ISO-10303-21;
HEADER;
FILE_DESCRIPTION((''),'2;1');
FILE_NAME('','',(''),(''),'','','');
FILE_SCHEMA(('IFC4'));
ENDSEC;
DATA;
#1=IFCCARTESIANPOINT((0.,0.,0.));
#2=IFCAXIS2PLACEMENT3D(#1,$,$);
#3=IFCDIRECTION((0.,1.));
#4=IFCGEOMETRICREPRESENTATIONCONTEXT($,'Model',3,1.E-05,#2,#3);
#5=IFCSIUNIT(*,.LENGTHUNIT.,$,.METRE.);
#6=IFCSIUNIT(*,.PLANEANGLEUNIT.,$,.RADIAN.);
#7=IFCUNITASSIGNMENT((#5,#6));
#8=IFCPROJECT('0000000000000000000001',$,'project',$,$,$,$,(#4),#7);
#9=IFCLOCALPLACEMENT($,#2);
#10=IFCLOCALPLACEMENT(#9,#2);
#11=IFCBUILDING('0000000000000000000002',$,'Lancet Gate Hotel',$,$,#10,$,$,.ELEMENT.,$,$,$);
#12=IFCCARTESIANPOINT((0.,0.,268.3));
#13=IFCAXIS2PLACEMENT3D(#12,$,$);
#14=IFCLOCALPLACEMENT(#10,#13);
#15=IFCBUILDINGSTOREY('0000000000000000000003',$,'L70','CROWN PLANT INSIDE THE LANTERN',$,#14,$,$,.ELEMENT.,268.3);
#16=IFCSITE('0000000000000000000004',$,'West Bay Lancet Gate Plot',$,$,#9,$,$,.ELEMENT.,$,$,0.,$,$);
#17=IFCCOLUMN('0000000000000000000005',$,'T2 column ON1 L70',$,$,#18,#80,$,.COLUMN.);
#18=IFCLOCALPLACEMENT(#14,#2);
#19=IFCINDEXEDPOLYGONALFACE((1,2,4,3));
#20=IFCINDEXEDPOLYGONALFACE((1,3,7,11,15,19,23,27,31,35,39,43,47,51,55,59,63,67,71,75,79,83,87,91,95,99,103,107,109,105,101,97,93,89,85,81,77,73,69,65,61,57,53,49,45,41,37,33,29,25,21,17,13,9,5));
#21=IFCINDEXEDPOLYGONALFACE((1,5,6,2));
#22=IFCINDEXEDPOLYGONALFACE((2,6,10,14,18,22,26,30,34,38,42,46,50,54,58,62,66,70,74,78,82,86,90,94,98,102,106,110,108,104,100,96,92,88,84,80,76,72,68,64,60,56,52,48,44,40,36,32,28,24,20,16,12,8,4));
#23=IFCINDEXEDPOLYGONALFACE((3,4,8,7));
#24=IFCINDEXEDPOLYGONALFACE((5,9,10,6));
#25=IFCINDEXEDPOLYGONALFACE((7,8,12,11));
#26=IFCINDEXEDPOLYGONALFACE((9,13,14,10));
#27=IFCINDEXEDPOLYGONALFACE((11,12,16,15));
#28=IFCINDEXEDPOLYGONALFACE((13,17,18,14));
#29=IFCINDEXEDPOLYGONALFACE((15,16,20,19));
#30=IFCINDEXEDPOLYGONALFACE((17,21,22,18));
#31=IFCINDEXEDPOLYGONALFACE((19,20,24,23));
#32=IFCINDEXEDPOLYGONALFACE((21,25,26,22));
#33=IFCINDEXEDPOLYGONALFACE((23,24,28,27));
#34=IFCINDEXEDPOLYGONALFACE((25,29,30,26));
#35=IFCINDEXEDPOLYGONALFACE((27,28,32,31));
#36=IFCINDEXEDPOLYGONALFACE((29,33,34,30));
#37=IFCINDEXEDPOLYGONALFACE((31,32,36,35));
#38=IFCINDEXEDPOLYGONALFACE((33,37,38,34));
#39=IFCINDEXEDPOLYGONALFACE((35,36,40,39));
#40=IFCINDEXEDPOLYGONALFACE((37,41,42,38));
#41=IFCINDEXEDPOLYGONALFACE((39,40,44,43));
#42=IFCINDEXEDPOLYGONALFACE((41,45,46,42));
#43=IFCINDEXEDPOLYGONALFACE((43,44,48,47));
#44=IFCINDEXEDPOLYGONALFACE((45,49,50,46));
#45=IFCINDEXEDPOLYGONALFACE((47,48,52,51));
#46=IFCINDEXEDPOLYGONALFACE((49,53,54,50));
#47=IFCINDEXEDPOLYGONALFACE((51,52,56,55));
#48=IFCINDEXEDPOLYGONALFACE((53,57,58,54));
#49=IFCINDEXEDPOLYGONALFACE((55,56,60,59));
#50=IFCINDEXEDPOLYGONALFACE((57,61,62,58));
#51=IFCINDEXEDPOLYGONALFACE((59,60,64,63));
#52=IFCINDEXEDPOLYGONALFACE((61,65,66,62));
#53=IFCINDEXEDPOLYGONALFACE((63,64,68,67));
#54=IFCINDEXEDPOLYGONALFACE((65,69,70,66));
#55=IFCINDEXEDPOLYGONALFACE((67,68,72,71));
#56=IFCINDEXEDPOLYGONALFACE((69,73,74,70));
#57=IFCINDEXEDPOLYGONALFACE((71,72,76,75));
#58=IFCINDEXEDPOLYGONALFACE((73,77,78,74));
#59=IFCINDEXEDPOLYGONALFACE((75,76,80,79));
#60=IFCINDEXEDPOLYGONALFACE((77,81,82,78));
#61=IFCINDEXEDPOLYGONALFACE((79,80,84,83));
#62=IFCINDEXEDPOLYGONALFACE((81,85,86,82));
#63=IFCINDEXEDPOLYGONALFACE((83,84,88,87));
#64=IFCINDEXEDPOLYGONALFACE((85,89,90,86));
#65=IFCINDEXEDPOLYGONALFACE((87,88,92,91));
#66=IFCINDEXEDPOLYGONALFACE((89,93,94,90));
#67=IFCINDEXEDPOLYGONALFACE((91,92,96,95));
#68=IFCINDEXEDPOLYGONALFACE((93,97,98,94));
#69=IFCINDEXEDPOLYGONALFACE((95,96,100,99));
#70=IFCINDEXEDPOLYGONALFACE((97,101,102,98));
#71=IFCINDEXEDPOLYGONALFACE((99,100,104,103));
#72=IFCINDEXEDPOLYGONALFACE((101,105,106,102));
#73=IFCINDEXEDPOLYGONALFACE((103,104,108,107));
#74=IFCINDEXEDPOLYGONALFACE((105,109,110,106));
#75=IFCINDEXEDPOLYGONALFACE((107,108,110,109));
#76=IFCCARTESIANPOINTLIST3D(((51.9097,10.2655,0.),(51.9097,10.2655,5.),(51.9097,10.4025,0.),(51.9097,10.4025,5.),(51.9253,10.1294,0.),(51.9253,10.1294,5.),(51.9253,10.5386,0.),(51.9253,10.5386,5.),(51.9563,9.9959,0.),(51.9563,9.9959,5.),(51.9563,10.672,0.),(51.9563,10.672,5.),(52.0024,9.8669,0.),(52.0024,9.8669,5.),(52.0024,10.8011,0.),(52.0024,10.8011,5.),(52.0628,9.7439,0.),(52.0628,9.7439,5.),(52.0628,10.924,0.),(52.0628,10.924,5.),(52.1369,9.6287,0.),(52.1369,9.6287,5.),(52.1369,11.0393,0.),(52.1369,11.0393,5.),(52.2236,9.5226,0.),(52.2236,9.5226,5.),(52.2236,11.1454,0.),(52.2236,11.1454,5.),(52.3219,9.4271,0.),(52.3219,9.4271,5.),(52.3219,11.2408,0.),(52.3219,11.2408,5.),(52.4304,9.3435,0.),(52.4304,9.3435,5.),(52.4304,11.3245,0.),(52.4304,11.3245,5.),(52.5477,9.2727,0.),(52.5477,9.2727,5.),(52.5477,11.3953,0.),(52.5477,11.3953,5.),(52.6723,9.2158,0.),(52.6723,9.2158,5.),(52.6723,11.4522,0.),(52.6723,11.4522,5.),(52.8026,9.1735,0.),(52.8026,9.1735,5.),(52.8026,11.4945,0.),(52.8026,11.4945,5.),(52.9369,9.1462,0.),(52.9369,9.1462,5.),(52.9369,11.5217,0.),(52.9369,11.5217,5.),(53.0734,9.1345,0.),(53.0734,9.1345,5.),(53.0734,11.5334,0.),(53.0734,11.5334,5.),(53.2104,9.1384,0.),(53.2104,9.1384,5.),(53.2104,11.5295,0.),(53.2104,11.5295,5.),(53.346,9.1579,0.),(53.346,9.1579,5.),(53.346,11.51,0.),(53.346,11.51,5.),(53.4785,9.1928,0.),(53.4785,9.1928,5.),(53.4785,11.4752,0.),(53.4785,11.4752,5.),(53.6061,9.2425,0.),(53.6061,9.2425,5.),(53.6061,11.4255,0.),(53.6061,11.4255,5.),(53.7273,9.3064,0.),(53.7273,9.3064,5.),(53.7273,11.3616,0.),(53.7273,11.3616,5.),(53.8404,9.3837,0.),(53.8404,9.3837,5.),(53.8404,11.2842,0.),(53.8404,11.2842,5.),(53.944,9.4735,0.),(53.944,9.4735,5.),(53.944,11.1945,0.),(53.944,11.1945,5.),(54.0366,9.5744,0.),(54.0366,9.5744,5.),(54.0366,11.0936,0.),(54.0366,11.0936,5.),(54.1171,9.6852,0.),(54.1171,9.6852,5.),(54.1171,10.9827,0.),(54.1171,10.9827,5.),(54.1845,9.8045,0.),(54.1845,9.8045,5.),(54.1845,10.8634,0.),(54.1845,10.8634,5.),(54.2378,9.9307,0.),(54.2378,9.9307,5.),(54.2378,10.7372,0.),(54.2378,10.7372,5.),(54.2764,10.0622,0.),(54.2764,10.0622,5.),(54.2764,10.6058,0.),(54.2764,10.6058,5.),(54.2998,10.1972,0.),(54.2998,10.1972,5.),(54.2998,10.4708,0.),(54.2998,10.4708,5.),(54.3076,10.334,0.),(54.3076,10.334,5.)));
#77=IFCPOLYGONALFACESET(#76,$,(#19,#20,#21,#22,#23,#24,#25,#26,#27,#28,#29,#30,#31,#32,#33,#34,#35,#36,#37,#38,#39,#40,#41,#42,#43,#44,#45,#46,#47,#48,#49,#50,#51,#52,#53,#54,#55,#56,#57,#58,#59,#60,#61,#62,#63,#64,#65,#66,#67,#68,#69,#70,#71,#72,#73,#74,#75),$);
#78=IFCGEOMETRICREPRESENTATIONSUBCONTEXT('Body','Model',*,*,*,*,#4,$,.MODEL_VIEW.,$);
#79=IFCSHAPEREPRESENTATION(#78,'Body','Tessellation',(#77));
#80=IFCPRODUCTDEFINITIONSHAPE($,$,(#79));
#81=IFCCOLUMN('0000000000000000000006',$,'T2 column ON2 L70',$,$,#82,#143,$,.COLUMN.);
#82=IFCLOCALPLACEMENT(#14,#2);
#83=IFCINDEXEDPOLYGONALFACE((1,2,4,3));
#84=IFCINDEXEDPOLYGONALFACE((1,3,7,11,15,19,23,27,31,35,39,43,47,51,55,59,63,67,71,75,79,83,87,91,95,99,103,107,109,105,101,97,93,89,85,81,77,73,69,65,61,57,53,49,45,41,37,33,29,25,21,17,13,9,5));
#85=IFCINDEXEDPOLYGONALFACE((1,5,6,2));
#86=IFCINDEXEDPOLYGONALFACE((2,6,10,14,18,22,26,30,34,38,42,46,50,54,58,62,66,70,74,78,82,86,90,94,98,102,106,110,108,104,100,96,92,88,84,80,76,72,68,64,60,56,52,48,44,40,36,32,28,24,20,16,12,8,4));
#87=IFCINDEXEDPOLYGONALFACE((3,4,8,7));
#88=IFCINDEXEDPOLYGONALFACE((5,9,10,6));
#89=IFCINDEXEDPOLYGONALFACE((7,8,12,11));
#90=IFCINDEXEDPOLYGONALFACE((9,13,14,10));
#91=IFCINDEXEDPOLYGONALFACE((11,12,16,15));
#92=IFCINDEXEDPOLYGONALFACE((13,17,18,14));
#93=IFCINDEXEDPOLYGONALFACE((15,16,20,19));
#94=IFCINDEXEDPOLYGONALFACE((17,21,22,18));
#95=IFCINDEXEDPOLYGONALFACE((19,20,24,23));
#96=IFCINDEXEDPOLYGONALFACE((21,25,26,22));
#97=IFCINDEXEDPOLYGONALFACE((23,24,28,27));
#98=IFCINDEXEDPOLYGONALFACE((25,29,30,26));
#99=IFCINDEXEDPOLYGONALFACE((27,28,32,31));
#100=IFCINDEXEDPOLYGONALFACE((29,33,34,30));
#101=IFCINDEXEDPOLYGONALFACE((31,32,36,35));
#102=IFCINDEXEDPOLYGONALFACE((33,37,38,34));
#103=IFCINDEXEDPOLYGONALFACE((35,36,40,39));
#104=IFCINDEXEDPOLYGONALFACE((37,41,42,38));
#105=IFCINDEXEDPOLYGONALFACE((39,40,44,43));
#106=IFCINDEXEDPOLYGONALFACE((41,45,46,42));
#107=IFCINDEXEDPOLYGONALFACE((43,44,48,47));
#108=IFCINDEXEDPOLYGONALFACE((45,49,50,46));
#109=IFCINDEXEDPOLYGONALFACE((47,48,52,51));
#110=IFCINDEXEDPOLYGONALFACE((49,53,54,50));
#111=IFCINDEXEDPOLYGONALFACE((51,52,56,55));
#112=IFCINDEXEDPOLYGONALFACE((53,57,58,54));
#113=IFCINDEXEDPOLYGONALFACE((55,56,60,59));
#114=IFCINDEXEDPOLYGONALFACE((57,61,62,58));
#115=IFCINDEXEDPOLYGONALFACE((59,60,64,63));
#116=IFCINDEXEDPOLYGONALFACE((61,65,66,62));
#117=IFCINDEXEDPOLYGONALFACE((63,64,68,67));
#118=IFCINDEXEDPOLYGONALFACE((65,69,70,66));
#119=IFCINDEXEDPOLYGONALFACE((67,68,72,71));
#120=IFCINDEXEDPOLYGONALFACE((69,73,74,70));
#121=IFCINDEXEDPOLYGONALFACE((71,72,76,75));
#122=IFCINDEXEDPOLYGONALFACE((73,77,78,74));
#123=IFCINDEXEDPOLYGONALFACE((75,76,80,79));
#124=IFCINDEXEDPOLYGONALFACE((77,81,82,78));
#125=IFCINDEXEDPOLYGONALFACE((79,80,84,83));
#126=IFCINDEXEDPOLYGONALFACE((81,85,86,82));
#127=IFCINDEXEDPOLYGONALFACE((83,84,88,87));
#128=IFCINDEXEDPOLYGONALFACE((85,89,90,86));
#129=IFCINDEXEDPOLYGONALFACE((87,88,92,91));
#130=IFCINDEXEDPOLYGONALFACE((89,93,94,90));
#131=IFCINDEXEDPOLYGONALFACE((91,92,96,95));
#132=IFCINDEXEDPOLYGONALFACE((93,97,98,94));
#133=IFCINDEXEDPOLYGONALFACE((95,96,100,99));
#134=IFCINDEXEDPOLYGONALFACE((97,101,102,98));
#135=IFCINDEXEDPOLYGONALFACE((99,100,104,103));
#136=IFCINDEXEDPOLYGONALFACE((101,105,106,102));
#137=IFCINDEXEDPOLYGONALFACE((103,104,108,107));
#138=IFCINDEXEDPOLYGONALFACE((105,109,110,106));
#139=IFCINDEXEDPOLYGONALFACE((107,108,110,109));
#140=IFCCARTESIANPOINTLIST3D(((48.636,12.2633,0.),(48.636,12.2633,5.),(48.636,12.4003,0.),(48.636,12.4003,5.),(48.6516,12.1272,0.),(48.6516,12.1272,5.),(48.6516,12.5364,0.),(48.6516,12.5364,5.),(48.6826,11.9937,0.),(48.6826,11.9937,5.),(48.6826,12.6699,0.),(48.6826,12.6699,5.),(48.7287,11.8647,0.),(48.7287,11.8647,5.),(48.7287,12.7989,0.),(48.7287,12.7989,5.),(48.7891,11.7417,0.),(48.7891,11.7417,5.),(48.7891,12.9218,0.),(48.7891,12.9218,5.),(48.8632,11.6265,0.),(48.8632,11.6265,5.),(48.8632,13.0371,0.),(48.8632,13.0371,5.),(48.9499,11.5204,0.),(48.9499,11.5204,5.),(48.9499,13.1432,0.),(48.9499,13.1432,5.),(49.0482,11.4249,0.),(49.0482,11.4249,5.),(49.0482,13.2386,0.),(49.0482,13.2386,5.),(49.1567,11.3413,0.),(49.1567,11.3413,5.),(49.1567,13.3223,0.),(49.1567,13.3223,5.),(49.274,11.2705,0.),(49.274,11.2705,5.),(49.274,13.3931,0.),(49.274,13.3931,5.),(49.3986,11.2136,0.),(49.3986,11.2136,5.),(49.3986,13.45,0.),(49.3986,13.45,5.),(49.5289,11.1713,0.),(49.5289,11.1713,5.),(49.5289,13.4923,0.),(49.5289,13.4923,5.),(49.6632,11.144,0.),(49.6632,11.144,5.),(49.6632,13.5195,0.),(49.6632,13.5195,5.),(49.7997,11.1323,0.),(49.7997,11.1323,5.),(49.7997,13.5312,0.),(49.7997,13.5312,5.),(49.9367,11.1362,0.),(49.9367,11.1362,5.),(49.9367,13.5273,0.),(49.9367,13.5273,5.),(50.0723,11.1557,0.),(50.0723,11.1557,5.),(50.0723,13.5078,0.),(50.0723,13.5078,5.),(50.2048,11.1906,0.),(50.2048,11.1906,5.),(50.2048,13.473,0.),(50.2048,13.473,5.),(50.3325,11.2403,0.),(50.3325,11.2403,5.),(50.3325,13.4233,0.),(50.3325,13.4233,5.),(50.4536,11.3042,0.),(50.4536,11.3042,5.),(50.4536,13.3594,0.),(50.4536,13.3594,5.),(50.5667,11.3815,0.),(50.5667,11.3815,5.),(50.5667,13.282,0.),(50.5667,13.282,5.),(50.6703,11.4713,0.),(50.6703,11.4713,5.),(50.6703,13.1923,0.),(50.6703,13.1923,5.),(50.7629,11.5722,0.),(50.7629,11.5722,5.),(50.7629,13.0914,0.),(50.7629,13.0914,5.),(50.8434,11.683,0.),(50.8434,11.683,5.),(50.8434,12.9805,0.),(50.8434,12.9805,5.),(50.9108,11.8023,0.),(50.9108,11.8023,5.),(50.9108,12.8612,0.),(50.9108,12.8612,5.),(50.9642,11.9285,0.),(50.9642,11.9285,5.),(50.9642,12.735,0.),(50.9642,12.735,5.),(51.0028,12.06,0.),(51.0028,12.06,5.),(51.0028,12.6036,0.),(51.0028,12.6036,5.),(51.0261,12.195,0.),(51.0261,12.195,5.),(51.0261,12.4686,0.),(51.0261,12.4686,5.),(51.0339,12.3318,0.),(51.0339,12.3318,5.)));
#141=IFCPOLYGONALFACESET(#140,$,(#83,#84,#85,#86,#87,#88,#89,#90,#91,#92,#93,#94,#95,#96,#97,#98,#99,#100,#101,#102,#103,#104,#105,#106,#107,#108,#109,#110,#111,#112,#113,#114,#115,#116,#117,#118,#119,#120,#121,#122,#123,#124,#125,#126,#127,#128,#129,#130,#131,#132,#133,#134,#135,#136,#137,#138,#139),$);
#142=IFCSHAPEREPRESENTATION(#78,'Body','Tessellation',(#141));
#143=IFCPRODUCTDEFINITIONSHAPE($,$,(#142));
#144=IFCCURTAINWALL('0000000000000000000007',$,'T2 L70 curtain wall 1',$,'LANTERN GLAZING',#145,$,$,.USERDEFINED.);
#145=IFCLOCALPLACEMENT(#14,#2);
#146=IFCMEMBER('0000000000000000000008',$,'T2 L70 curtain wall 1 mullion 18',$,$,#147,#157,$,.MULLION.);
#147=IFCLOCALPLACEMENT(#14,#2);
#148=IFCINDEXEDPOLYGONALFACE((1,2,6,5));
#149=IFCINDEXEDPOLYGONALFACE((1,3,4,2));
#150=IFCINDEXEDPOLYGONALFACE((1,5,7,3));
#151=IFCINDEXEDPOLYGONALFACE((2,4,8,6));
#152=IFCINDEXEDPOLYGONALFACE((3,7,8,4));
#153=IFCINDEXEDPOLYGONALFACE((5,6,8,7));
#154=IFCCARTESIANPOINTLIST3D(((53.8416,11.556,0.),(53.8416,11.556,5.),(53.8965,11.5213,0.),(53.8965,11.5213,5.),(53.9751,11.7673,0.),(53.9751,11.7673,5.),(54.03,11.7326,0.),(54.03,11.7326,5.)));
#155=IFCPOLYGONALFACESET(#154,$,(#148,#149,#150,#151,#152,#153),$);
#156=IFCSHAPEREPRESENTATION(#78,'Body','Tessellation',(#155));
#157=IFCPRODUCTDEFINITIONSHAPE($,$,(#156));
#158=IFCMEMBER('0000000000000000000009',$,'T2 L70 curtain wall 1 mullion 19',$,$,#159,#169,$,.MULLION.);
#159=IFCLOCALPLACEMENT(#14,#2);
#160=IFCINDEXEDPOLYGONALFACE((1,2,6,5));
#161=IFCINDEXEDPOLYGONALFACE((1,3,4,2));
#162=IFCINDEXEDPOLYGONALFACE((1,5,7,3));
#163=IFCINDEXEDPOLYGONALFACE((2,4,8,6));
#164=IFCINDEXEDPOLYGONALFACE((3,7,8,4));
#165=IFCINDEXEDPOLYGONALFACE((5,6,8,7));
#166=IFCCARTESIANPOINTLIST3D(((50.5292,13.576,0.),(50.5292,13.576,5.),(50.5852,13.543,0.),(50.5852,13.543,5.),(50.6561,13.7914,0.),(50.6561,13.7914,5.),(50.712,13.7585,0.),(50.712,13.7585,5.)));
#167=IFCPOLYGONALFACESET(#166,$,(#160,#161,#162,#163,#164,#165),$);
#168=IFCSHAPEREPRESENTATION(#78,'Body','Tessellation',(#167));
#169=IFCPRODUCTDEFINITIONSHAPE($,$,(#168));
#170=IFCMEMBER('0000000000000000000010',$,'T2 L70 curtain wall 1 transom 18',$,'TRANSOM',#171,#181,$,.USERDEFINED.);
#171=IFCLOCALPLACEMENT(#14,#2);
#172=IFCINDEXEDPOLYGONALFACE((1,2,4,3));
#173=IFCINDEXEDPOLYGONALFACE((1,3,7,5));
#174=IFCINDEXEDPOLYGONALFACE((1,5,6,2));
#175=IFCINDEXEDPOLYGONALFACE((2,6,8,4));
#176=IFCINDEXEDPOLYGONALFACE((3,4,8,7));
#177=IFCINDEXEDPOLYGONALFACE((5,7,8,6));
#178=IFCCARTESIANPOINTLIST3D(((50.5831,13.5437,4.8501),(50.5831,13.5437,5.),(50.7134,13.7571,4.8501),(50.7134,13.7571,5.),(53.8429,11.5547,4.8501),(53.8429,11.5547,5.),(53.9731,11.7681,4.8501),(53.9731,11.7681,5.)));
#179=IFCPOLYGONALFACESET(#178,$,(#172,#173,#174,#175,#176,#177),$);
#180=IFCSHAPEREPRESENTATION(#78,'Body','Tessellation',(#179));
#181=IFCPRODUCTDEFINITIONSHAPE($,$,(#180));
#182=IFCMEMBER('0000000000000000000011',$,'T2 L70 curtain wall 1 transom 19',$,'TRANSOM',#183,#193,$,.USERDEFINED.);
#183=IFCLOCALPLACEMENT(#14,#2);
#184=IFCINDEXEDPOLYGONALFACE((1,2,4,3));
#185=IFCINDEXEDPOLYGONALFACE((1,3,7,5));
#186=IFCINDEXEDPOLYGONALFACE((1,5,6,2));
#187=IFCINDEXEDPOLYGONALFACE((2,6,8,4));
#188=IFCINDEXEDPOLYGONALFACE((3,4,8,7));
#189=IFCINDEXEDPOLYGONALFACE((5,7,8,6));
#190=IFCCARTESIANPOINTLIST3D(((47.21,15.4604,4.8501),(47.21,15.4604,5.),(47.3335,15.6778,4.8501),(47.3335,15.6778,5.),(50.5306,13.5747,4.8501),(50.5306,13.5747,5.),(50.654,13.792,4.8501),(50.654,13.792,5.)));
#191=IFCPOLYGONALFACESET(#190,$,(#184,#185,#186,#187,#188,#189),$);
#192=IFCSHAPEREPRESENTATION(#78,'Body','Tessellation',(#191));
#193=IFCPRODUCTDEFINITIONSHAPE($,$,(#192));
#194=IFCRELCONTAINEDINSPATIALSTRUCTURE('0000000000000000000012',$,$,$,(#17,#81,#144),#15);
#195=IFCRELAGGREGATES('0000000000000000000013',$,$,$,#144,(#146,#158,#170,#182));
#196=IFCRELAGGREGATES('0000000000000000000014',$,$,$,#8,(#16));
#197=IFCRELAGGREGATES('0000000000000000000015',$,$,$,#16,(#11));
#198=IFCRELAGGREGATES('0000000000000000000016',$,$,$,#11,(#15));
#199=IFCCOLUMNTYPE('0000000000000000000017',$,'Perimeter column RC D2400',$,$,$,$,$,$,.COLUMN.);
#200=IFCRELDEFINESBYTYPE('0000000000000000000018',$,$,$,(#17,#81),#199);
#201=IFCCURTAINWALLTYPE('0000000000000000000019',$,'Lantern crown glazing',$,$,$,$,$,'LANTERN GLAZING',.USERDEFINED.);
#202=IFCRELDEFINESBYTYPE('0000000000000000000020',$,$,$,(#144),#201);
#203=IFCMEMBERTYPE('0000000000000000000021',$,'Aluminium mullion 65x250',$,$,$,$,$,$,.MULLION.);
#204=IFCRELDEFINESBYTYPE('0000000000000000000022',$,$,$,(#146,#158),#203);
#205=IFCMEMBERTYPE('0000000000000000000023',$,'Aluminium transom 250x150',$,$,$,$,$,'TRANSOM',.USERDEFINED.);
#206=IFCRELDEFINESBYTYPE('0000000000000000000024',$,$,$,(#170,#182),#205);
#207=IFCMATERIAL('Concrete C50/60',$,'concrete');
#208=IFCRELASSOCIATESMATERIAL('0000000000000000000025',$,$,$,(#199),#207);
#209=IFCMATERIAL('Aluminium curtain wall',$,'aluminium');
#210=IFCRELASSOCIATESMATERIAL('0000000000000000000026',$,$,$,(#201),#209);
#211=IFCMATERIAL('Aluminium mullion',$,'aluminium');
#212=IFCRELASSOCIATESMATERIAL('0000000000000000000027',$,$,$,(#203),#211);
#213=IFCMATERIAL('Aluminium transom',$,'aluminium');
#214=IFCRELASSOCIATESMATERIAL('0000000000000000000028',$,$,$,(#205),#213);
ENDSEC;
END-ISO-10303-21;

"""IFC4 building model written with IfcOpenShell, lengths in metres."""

from ifc_helpers import new_model, si_unit, direction, frame, origin, origin_2d, place, context, subcontext, project, spatial, rectangle, circle, extrude, material, material_profile, profile_set, type_object, element, aggregate, save


model = new_model("IFC4")

# Units and contexts
model_context = context("Model", 3, precision=1e-05, world=origin(), true_north=direction((0.0, 1.0)))
body_context = subcontext(model_context, "Body", "Model", "MODEL_VIEW")
ifc_project = project(units=[si_unit("LENGTHUNIT", "METRE"), si_unit("PLANEANGLEUNIT", "RADIAN")], contexts=[model_context])

# Site, building, storey
site_placement = place(None, origin())
site = spatial("IfcSite", under=ifc_project, at=site_placement, Name="West Bay Lancet Gate Plot", CompositionType="ELEMENT", RefElevation=0.0)
building_placement = place(site_placement, origin())
building = spatial("IfcBuilding", under=site, at=building_placement, Name="Lancet Gate Hotel", CompositionType="ELEMENT")
storey_placement = place(building_placement, frame((0.0, 0.0, 268.3)))
storey = spatial("IfcBuildingStorey", under=building, at=storey_placement, Name="L70", Description="CROWN PLANT INSIDE THE LANTERN", CompositionType="ELEMENT", Elevation=268.3)

# Columns
ifc_material_1 = material(Name="Concrete C50/60", Category="concrete")
ifc_material_profile_1 = material_profile(ifc_material_1, circle(Radius=1.2, at=origin_2d()), Name="RC D2400")
ifc_profile_set_1 = profile_set([ifc_material_profile_1], Name="Concrete C50/60")
column_type = type_object("IfcColumnType", Name="Perimeter column RC D2400", PredefinedType="COLUMN", material=ifc_profile_set_1)
for number, where, z_axis, x_axis, name in (
    (1, (53.1077, 10.334, 0.0), (0.0, 0.0, 1.0), (1.0, 0.0, 0.0), "T2 column ON1 L70"),
    (2, (49.834, 12.3318, 0.0), (0.0, 0.0, 1.0), (1.0, 0.0, 0.0), "T2 column ON2 L70"),
):
    element("IfcColumn", number, at=place(storey_placement, frame(where, z_axis=z_axis, x_axis=x_axis)), inside=storey, type_object=column_type, Name=name, PredefinedType="COLUMN", context=body_context, shape_type="SweptSolid", body=[
        extrude(circle(Radius=1.2, at=origin_2d()), origin(), (0.0, 0.0, 1.0), 5.0),
    ])

# Curtain wall, members
ifc_material_2 = material(Name="Aluminium curtain wall", Category="aluminium")
curtain_wall_type_1 = type_object("IfcCurtainWallType", Name="Lantern crown glazing", ElementType="LANTERN GLAZING", PredefinedType="USERDEFINED", material=ifc_material_2)
curtain_wall_1_placement = place(storey_placement, origin())
curtain_wall_1 = element("IfcCurtainWall", 3, at=curtain_wall_1_placement, inside=storey, type_object=curtain_wall_type_1, Name="T2 L70 curtain wall 1", ObjectType="LANTERN GLAZING", PredefinedType="USERDEFINED")
ifc_material_3 = material(Name="Aluminium mullion", Category="aluminium")
ifc_material_profile_2 = material_profile(ifc_material_3, rectangle(XDim=0.0649, YDim=0.25, at=origin_2d()), Name="MULLION 65x250")
ifc_profile_set_2 = profile_set([ifc_material_profile_2], Name="Aluminium mullion")
member_type_1 = type_object("IfcMemberType", Name="Aluminium mullion 65x250", PredefinedType="MULLION", material=ifc_profile_set_2)
member_1_placement = place(storey_placement, frame((53.9358, 11.6443, 0.0), z_axis=(0.0, 0.0, 1.0), x_axis=(-0.84534, 0.534229, 0.0)))
member_1 = element("IfcMember", 4, at=member_1_placement, type_object=member_type_1, Name="T2 L70 curtain wall 1 mullion 18", PredefinedType="MULLION", context=body_context, shape_type="SweptSolid", body=[
    extrude(rectangle(XDim=0.0649, YDim=0.25, at=origin_2d()), origin(), (0.0, 0.0, 1.0), 5.0),
])
member_2_placement = place(storey_placement, frame((50.6206, 13.6672, 0.0), z_axis=(0.0, 0.0, 1.0), x_axis=(-0.861692, 0.507432, 0.0)))
member_2 = element("IfcMember", 5, at=member_2_placement, type_object=member_type_1, Name="T2 L70 curtain wall 1 mullion 19", PredefinedType="MULLION", context=body_context, shape_type="SweptSolid", body=[
    extrude(rectangle(XDim=0.0649, YDim=0.25, at=origin_2d()), origin(), (0.0, 0.0, 1.0), 5.0),
])
ifc_material_4 = material(Name="Aluminium transom", Category="aluminium")
ifc_material_profile_3 = material_profile(ifc_material_4, rectangle(XDim=0.25, YDim=0.1499, at=origin_2d()), Name="TRANSOM 250x150")
ifc_profile_set_3 = profile_set([ifc_material_profile_3], Name="Aluminium transom")
member_type_2 = type_object("IfcMemberType", Name="Aluminium transom 250x150", ElementType="TRANSOM", PredefinedType="USERDEFINED", material=ifc_profile_set_3)
member_3_placement = place(storey_placement, frame((53.908, 11.6614, 4.925), z_axis=(-0.853639, 0.520865, 0.0), x_axis=(-0.520865, -0.853639, 0.0)))
member_3 = element("IfcMember", 6, at=member_3_placement, type_object=member_type_2, Name="T2 L70 curtain wall 1 transom 18", ObjectType="TRANSOM", PredefinedType="USERDEFINED", context=body_context, shape_type="SweptSolid", body=[
    extrude(rectangle(XDim=0.25, YDim=0.1499, at=origin_2d()), origin(), (0.0, 0.0, 1.0), 3.8186),
])
member_4_placement = place(storey_placement, frame((50.5923, 13.6833, 4.925), z_axis=(-0.869562, 0.493824, 0.0), x_axis=(-0.493824, -0.869562, 0.0)))
member_4 = element("IfcMember", 7, at=member_4_placement, type_object=member_type_2, Name="T2 L70 curtain wall 1 transom 19", ObjectType="TRANSOM", PredefinedType="USERDEFINED", context=body_context, shape_type="SweptSolid", body=[
    extrude(rectangle(XDim=0.25, YDim=0.1499, at=origin_2d()), origin(), (0.0, 0.0, 1.0), 3.8186),
])

aggregate(curtain_wall_1, [member_1, member_2, member_3, member_4])

save(model, "model.ifc")
